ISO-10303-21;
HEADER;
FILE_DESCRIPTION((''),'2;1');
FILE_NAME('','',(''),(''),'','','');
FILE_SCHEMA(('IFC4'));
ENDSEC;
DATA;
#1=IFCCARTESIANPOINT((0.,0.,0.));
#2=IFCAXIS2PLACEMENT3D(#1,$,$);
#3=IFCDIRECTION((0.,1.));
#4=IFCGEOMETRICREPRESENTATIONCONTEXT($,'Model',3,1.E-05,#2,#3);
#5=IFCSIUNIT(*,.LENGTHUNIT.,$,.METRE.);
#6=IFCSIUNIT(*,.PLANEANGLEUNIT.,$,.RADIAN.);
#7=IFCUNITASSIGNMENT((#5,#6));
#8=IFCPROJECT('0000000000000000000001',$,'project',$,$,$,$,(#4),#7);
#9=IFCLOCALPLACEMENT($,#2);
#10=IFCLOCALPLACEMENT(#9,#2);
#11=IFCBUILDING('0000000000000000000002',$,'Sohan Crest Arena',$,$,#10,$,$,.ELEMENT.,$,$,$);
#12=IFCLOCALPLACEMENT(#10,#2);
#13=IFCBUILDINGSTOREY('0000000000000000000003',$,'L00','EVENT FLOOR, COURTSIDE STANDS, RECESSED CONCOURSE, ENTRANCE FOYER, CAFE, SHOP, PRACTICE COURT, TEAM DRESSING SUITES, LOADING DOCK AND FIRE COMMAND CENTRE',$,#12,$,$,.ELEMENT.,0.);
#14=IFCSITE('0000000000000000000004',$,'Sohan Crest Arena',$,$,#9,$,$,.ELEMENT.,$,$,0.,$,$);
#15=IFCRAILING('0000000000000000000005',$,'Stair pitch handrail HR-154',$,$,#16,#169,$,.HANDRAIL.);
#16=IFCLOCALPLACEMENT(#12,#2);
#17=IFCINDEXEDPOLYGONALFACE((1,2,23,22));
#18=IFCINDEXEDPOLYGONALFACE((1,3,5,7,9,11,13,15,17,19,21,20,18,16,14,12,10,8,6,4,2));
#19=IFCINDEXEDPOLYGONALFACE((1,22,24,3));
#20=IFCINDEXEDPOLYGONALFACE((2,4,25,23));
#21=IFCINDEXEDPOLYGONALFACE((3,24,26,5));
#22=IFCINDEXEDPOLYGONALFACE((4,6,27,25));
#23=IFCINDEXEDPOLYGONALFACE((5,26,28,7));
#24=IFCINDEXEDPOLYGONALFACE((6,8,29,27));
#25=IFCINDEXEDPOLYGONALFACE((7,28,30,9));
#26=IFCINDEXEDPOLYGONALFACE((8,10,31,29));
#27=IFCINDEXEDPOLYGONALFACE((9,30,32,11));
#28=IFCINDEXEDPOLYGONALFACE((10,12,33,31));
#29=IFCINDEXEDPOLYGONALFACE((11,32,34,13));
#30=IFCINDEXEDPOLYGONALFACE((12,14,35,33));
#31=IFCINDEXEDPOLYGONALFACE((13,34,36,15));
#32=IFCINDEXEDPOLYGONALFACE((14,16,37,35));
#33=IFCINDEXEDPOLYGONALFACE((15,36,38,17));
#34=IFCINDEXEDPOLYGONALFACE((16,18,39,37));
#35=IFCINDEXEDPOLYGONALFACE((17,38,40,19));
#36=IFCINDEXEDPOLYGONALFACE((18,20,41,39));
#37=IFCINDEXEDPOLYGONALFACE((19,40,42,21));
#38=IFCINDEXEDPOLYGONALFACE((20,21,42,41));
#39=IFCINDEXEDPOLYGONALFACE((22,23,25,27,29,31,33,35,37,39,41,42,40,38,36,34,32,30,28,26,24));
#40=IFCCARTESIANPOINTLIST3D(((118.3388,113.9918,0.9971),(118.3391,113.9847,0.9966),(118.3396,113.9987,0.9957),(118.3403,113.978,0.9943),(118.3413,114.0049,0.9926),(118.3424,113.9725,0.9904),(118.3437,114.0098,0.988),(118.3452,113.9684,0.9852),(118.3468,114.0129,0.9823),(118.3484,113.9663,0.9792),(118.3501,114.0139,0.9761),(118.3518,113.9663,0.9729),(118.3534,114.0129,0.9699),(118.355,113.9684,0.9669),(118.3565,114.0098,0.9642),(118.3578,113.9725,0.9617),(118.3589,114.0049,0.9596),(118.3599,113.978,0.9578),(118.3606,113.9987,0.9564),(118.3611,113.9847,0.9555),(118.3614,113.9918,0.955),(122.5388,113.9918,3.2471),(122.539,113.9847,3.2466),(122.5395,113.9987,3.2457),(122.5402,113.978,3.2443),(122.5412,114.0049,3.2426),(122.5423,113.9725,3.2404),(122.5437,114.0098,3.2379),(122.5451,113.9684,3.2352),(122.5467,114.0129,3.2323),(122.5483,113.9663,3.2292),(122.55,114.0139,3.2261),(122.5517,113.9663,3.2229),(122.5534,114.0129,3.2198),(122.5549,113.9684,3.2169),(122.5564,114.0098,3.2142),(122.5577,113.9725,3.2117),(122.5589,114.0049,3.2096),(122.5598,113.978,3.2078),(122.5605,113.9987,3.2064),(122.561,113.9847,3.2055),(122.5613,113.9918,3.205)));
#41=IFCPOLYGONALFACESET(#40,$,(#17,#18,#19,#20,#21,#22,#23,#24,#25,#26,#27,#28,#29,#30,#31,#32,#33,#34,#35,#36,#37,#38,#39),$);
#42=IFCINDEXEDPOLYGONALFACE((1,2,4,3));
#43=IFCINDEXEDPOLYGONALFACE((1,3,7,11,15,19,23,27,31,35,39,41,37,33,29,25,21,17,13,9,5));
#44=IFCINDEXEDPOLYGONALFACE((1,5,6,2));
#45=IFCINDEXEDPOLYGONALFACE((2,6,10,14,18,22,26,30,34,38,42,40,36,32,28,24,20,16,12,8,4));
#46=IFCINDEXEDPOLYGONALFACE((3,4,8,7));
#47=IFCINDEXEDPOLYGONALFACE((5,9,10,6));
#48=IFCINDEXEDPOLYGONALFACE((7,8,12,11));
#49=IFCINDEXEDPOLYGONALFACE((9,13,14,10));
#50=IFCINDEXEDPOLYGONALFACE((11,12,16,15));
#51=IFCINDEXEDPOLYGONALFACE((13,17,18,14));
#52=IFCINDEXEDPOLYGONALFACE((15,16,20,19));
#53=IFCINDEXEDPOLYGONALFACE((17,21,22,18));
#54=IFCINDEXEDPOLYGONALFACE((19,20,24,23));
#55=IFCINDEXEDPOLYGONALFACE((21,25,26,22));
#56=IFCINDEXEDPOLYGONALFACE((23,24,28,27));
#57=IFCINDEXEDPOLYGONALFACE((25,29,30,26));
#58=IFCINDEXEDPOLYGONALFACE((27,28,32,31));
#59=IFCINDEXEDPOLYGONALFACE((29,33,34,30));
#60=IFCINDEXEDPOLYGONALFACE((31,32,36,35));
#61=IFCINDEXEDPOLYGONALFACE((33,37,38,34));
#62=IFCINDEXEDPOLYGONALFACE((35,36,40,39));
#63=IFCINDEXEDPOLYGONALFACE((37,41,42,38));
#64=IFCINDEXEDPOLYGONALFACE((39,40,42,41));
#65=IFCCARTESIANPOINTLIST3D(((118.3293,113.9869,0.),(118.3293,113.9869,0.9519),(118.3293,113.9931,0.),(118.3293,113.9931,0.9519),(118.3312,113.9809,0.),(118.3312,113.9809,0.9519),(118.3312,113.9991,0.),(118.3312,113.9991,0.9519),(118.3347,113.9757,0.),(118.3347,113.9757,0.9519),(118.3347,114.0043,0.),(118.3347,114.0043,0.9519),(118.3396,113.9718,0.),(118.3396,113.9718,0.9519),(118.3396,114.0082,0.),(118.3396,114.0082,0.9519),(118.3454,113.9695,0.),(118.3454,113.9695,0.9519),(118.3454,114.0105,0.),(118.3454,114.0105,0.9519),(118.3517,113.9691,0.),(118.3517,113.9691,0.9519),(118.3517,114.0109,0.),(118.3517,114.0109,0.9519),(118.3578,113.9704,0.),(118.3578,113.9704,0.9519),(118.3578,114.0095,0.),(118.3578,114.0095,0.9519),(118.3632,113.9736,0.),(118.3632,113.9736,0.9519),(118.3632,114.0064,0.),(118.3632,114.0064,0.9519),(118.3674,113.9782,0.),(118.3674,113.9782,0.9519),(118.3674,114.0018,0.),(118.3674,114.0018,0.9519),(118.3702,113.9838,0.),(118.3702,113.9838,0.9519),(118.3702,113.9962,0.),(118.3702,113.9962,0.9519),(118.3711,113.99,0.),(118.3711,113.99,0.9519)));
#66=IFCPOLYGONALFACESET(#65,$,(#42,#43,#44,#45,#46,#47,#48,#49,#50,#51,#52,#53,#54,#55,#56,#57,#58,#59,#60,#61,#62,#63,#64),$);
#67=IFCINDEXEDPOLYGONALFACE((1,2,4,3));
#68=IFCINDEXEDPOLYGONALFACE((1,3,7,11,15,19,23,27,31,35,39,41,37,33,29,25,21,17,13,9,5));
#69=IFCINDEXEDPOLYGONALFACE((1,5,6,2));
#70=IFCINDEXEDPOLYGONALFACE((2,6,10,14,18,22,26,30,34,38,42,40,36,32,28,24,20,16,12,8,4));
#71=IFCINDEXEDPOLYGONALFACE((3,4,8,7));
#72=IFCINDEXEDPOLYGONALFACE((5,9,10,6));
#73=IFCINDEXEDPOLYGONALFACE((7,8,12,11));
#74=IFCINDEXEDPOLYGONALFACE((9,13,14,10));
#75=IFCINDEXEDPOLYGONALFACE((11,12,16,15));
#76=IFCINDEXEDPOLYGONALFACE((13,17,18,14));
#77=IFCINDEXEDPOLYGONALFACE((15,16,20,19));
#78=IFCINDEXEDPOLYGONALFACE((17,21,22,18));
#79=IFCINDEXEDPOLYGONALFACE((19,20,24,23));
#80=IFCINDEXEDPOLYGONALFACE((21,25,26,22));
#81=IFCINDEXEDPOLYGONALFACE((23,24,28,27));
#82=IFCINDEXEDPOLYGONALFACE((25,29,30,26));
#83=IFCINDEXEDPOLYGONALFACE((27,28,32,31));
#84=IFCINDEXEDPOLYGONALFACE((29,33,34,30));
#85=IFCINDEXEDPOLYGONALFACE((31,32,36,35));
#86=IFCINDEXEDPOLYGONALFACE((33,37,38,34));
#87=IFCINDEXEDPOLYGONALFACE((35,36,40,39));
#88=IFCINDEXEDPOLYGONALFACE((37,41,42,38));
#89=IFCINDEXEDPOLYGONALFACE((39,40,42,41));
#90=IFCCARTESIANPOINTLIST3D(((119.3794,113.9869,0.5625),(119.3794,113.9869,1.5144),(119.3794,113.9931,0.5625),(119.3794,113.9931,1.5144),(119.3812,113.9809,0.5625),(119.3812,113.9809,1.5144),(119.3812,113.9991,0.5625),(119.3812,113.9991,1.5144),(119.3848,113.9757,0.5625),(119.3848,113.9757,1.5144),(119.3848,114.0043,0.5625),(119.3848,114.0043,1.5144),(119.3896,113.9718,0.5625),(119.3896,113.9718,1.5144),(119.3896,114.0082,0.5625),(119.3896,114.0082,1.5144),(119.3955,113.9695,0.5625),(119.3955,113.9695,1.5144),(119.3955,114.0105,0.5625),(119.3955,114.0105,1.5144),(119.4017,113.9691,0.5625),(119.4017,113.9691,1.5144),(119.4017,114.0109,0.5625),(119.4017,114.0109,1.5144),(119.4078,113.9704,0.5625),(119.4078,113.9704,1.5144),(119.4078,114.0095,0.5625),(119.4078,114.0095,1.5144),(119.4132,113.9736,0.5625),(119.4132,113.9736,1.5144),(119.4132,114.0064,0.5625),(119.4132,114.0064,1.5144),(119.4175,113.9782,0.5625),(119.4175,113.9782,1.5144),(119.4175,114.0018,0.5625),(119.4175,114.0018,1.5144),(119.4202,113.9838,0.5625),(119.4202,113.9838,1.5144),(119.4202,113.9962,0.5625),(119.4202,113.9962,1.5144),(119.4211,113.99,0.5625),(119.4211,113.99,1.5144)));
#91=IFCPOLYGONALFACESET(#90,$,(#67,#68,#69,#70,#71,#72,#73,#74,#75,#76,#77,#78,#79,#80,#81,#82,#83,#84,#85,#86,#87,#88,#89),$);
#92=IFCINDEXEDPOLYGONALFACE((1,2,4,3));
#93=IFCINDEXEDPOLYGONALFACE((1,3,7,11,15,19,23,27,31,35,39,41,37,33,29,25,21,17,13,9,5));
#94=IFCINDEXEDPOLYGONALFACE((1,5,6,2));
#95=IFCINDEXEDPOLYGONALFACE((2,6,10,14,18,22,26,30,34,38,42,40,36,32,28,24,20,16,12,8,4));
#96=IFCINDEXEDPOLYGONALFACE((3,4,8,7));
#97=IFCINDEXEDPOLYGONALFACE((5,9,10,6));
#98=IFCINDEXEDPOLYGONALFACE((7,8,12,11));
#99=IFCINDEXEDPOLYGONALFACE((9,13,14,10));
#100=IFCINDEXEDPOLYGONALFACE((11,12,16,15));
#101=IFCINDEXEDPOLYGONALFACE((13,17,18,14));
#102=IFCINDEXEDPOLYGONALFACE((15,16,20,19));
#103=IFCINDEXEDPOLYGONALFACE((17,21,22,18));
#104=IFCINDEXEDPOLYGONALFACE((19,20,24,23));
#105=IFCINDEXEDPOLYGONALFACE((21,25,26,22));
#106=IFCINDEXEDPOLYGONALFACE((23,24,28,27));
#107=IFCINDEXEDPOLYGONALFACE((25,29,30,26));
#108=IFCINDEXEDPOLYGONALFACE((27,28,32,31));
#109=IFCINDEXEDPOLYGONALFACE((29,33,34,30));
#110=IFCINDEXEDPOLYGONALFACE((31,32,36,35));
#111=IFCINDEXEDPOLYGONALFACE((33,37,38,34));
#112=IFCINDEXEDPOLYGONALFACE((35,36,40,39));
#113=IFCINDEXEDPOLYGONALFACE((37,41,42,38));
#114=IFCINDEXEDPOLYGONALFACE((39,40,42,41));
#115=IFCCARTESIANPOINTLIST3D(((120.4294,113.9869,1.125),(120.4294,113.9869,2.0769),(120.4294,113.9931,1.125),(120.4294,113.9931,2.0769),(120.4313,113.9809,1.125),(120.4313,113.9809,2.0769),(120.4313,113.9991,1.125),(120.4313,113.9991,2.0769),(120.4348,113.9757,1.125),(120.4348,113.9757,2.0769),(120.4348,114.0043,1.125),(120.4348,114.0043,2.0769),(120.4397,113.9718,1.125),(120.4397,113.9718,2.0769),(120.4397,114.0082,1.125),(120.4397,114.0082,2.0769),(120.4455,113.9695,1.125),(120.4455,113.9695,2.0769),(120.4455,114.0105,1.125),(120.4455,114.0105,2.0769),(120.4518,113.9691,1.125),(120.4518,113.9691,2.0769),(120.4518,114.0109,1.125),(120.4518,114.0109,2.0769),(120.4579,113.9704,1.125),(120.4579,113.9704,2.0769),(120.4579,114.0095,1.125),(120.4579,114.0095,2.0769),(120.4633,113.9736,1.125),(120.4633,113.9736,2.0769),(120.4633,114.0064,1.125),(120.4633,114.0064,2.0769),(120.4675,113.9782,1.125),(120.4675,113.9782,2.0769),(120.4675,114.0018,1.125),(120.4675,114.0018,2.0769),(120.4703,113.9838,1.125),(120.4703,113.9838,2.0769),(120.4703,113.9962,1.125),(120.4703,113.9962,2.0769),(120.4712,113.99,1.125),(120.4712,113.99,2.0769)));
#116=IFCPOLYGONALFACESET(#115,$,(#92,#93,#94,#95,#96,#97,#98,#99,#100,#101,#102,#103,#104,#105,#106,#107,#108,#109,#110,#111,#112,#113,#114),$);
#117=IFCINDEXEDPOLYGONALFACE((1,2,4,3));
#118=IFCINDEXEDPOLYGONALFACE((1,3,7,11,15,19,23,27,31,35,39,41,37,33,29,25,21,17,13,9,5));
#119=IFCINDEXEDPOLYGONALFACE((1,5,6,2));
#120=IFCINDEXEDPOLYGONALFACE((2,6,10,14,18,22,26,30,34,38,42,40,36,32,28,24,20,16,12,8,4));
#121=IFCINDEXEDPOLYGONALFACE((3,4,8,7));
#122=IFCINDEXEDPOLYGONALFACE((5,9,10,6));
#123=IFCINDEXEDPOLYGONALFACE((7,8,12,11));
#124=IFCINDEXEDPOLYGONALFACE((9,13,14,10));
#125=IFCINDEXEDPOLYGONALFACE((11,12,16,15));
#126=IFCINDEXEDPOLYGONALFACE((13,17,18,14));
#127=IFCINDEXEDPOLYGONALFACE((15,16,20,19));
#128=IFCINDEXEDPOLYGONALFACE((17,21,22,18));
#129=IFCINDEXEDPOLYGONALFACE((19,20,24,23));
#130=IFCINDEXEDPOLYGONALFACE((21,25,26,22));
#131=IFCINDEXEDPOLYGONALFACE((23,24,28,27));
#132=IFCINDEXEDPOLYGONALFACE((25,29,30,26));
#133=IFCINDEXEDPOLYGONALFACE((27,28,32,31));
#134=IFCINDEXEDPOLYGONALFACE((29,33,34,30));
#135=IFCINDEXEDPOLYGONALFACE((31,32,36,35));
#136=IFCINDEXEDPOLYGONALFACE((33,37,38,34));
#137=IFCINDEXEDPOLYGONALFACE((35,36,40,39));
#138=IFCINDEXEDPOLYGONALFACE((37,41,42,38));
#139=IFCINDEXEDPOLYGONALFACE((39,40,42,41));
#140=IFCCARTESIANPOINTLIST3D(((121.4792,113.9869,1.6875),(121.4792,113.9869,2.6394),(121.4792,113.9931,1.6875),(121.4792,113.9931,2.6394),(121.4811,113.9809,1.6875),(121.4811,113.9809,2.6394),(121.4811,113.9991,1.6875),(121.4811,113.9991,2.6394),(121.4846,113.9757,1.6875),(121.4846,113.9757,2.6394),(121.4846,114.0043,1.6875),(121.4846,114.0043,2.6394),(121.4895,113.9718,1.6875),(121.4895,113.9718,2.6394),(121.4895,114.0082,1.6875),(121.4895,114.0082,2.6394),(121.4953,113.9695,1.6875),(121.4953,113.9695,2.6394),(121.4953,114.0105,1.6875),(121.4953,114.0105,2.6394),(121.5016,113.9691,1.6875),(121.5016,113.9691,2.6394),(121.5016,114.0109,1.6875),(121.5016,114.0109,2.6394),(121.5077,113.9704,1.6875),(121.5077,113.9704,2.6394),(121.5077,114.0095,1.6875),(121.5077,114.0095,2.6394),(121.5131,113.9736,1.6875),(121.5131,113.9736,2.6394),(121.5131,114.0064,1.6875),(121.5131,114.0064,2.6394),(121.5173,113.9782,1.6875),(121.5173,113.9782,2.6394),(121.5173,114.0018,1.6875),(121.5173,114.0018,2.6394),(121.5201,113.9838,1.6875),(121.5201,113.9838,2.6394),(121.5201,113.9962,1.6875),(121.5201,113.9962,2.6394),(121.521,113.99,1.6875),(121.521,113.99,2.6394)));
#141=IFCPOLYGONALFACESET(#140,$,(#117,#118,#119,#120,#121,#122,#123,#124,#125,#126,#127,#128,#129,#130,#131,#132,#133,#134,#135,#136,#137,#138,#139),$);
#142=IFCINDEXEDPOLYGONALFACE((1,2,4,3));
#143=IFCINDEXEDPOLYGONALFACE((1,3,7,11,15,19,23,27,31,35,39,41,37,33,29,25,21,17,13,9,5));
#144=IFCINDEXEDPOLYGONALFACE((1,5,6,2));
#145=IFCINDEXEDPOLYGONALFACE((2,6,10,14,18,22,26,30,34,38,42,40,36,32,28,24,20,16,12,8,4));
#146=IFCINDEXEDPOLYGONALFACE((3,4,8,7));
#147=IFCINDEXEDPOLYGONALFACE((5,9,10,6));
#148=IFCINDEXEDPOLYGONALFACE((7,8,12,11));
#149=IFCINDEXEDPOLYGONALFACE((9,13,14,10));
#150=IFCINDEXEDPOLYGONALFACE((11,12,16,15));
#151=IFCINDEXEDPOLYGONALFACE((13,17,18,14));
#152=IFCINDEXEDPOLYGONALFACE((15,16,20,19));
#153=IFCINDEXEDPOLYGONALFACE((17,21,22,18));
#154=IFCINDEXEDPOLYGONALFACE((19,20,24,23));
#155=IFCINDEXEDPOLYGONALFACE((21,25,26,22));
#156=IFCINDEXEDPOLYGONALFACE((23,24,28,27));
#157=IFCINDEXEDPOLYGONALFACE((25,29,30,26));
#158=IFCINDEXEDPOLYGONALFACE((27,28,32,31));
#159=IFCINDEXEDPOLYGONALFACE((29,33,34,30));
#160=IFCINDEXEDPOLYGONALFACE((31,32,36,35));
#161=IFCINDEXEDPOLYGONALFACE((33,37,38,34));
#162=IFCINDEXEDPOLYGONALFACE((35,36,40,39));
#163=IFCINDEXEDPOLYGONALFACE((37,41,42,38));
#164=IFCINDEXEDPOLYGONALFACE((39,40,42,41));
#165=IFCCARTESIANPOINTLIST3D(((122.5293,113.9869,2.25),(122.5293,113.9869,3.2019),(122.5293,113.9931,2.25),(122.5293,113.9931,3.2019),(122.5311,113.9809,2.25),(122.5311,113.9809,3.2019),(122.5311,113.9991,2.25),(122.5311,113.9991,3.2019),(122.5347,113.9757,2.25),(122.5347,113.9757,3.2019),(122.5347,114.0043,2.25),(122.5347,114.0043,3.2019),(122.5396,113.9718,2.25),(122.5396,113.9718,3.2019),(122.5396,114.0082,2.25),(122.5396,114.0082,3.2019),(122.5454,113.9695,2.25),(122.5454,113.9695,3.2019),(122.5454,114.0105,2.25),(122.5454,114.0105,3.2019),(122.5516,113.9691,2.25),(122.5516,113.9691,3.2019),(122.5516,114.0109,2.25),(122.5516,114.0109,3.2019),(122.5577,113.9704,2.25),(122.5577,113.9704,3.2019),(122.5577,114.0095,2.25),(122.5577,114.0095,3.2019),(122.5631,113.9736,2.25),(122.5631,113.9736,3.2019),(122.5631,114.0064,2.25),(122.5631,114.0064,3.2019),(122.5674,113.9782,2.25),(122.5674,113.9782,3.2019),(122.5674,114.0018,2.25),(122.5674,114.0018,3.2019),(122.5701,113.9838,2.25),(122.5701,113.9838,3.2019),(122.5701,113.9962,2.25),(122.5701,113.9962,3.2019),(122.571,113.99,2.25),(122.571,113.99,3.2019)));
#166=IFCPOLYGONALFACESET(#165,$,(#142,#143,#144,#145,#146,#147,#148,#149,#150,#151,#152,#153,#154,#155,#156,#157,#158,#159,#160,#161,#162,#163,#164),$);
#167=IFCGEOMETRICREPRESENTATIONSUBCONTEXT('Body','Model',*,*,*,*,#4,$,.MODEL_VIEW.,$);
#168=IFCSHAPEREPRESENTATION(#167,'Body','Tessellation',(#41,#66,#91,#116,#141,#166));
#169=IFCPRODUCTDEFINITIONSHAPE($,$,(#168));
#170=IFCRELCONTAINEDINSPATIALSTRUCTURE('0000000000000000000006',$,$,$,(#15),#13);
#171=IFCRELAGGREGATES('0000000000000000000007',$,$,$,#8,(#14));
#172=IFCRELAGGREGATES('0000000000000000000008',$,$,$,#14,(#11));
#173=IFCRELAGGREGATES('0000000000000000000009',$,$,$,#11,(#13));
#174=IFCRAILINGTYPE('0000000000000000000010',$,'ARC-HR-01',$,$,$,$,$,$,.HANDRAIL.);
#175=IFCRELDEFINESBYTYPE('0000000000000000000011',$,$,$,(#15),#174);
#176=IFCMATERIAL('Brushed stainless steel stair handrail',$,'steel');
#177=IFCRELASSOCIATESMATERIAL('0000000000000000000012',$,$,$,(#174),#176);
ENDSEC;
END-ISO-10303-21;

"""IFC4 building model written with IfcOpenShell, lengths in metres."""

from ifc_helpers import new_model, si_unit, direction, frame, origin, origin_2d, place, context, subcontext, project, spatial, circle, extrude, material, type_object, element, save


model = new_model("IFC4")

# Units and contexts
model_context = context("Model", 3, precision=1e-05, world=origin(), true_north=direction((0.0, 1.0)))
body_context = subcontext(model_context, "Body", "Model", "MODEL_VIEW")
ifc_project = project(units=[si_unit("LENGTHUNIT", "METRE"), si_unit("PLANEANGLEUNIT", "RADIAN")], contexts=[model_context])

# Site, building, storey
site_placement = place(None, origin())
site = spatial("IfcSite", under=ifc_project, at=site_placement, Name="Sohan Crest Arena", CompositionType="ELEMENT", RefElevation=0.0)
building_placement = place(site_placement, origin())
building = spatial("IfcBuilding", under=site, at=building_placement, Name="Sohan Crest Arena", CompositionType="ELEMENT")
storey_placement = place(building_placement, origin())
storey = spatial("IfcBuildingStorey", under=building, at=storey_placement, Name="L00", Description="EVENT FLOOR, COURTSIDE STANDS, RECESSED CONCOURSE, ENTRANCE FOYER, CAFE, SHOP, PRACTICE COURT, TEAM DRESSING SUITES, LOADING DOCK AND FIRE COMMAND CENTRE", CompositionType="ELEMENT", Elevation=0.0)

# Railing
ifc_material_1 = material(Name="Brushed stainless steel stair handrail", Category="steel")
railing_type_1 = type_object("IfcRailingType", Name="ARC-HR-01", PredefinedType="HANDRAIL", material=ifc_material_1)
for number, where, name in (
    (1, (118.3501, 113.99, 0.0), "Stair pitch handrail HR-154"),
):
    element("IfcRailing", number, at=place(storey_placement, frame(where)), inside=storey, type_object=railing_type_1, Name=name, PredefinedType="HANDRAIL", context=body_context, shape_type="SweptSolid", body=[
        extrude(circle(Radius=0.0239, at=origin_2d()), frame((0.0, 0.0, 0.9761), z_axis=(0.881478, 0.0, 0.472226), x_axis=(0.0, 1.0, 0.0)), (0.0, 0.0, 1.0), 4.7646),
        extrude(circle(Radius=0.021, at=origin_2d()), origin(), (0.0, 0.0, 1.0), 0.9519),
        extrude(circle(Radius=0.021, at=origin_2d()), frame((1.05, 0.0, 0.5625)), (0.0, 0.0, 1.0), 0.9519),
        extrude(circle(Radius=0.021, at=origin_2d()), frame((2.1001, 0.0, 1.125)), (0.0, 0.0, 1.0), 0.9519),
        extrude(circle(Radius=0.021, at=origin_2d()), frame((3.1499, 0.0, 1.6875)), (0.0, 0.0, 1.0), 0.9519),
        extrude(circle(Radius=0.021, at=origin_2d()), frame((4.2, 0.0, 2.25)), (0.0, 0.0, 1.0), 0.9519),
    ])

save(model, "model.ifc")
